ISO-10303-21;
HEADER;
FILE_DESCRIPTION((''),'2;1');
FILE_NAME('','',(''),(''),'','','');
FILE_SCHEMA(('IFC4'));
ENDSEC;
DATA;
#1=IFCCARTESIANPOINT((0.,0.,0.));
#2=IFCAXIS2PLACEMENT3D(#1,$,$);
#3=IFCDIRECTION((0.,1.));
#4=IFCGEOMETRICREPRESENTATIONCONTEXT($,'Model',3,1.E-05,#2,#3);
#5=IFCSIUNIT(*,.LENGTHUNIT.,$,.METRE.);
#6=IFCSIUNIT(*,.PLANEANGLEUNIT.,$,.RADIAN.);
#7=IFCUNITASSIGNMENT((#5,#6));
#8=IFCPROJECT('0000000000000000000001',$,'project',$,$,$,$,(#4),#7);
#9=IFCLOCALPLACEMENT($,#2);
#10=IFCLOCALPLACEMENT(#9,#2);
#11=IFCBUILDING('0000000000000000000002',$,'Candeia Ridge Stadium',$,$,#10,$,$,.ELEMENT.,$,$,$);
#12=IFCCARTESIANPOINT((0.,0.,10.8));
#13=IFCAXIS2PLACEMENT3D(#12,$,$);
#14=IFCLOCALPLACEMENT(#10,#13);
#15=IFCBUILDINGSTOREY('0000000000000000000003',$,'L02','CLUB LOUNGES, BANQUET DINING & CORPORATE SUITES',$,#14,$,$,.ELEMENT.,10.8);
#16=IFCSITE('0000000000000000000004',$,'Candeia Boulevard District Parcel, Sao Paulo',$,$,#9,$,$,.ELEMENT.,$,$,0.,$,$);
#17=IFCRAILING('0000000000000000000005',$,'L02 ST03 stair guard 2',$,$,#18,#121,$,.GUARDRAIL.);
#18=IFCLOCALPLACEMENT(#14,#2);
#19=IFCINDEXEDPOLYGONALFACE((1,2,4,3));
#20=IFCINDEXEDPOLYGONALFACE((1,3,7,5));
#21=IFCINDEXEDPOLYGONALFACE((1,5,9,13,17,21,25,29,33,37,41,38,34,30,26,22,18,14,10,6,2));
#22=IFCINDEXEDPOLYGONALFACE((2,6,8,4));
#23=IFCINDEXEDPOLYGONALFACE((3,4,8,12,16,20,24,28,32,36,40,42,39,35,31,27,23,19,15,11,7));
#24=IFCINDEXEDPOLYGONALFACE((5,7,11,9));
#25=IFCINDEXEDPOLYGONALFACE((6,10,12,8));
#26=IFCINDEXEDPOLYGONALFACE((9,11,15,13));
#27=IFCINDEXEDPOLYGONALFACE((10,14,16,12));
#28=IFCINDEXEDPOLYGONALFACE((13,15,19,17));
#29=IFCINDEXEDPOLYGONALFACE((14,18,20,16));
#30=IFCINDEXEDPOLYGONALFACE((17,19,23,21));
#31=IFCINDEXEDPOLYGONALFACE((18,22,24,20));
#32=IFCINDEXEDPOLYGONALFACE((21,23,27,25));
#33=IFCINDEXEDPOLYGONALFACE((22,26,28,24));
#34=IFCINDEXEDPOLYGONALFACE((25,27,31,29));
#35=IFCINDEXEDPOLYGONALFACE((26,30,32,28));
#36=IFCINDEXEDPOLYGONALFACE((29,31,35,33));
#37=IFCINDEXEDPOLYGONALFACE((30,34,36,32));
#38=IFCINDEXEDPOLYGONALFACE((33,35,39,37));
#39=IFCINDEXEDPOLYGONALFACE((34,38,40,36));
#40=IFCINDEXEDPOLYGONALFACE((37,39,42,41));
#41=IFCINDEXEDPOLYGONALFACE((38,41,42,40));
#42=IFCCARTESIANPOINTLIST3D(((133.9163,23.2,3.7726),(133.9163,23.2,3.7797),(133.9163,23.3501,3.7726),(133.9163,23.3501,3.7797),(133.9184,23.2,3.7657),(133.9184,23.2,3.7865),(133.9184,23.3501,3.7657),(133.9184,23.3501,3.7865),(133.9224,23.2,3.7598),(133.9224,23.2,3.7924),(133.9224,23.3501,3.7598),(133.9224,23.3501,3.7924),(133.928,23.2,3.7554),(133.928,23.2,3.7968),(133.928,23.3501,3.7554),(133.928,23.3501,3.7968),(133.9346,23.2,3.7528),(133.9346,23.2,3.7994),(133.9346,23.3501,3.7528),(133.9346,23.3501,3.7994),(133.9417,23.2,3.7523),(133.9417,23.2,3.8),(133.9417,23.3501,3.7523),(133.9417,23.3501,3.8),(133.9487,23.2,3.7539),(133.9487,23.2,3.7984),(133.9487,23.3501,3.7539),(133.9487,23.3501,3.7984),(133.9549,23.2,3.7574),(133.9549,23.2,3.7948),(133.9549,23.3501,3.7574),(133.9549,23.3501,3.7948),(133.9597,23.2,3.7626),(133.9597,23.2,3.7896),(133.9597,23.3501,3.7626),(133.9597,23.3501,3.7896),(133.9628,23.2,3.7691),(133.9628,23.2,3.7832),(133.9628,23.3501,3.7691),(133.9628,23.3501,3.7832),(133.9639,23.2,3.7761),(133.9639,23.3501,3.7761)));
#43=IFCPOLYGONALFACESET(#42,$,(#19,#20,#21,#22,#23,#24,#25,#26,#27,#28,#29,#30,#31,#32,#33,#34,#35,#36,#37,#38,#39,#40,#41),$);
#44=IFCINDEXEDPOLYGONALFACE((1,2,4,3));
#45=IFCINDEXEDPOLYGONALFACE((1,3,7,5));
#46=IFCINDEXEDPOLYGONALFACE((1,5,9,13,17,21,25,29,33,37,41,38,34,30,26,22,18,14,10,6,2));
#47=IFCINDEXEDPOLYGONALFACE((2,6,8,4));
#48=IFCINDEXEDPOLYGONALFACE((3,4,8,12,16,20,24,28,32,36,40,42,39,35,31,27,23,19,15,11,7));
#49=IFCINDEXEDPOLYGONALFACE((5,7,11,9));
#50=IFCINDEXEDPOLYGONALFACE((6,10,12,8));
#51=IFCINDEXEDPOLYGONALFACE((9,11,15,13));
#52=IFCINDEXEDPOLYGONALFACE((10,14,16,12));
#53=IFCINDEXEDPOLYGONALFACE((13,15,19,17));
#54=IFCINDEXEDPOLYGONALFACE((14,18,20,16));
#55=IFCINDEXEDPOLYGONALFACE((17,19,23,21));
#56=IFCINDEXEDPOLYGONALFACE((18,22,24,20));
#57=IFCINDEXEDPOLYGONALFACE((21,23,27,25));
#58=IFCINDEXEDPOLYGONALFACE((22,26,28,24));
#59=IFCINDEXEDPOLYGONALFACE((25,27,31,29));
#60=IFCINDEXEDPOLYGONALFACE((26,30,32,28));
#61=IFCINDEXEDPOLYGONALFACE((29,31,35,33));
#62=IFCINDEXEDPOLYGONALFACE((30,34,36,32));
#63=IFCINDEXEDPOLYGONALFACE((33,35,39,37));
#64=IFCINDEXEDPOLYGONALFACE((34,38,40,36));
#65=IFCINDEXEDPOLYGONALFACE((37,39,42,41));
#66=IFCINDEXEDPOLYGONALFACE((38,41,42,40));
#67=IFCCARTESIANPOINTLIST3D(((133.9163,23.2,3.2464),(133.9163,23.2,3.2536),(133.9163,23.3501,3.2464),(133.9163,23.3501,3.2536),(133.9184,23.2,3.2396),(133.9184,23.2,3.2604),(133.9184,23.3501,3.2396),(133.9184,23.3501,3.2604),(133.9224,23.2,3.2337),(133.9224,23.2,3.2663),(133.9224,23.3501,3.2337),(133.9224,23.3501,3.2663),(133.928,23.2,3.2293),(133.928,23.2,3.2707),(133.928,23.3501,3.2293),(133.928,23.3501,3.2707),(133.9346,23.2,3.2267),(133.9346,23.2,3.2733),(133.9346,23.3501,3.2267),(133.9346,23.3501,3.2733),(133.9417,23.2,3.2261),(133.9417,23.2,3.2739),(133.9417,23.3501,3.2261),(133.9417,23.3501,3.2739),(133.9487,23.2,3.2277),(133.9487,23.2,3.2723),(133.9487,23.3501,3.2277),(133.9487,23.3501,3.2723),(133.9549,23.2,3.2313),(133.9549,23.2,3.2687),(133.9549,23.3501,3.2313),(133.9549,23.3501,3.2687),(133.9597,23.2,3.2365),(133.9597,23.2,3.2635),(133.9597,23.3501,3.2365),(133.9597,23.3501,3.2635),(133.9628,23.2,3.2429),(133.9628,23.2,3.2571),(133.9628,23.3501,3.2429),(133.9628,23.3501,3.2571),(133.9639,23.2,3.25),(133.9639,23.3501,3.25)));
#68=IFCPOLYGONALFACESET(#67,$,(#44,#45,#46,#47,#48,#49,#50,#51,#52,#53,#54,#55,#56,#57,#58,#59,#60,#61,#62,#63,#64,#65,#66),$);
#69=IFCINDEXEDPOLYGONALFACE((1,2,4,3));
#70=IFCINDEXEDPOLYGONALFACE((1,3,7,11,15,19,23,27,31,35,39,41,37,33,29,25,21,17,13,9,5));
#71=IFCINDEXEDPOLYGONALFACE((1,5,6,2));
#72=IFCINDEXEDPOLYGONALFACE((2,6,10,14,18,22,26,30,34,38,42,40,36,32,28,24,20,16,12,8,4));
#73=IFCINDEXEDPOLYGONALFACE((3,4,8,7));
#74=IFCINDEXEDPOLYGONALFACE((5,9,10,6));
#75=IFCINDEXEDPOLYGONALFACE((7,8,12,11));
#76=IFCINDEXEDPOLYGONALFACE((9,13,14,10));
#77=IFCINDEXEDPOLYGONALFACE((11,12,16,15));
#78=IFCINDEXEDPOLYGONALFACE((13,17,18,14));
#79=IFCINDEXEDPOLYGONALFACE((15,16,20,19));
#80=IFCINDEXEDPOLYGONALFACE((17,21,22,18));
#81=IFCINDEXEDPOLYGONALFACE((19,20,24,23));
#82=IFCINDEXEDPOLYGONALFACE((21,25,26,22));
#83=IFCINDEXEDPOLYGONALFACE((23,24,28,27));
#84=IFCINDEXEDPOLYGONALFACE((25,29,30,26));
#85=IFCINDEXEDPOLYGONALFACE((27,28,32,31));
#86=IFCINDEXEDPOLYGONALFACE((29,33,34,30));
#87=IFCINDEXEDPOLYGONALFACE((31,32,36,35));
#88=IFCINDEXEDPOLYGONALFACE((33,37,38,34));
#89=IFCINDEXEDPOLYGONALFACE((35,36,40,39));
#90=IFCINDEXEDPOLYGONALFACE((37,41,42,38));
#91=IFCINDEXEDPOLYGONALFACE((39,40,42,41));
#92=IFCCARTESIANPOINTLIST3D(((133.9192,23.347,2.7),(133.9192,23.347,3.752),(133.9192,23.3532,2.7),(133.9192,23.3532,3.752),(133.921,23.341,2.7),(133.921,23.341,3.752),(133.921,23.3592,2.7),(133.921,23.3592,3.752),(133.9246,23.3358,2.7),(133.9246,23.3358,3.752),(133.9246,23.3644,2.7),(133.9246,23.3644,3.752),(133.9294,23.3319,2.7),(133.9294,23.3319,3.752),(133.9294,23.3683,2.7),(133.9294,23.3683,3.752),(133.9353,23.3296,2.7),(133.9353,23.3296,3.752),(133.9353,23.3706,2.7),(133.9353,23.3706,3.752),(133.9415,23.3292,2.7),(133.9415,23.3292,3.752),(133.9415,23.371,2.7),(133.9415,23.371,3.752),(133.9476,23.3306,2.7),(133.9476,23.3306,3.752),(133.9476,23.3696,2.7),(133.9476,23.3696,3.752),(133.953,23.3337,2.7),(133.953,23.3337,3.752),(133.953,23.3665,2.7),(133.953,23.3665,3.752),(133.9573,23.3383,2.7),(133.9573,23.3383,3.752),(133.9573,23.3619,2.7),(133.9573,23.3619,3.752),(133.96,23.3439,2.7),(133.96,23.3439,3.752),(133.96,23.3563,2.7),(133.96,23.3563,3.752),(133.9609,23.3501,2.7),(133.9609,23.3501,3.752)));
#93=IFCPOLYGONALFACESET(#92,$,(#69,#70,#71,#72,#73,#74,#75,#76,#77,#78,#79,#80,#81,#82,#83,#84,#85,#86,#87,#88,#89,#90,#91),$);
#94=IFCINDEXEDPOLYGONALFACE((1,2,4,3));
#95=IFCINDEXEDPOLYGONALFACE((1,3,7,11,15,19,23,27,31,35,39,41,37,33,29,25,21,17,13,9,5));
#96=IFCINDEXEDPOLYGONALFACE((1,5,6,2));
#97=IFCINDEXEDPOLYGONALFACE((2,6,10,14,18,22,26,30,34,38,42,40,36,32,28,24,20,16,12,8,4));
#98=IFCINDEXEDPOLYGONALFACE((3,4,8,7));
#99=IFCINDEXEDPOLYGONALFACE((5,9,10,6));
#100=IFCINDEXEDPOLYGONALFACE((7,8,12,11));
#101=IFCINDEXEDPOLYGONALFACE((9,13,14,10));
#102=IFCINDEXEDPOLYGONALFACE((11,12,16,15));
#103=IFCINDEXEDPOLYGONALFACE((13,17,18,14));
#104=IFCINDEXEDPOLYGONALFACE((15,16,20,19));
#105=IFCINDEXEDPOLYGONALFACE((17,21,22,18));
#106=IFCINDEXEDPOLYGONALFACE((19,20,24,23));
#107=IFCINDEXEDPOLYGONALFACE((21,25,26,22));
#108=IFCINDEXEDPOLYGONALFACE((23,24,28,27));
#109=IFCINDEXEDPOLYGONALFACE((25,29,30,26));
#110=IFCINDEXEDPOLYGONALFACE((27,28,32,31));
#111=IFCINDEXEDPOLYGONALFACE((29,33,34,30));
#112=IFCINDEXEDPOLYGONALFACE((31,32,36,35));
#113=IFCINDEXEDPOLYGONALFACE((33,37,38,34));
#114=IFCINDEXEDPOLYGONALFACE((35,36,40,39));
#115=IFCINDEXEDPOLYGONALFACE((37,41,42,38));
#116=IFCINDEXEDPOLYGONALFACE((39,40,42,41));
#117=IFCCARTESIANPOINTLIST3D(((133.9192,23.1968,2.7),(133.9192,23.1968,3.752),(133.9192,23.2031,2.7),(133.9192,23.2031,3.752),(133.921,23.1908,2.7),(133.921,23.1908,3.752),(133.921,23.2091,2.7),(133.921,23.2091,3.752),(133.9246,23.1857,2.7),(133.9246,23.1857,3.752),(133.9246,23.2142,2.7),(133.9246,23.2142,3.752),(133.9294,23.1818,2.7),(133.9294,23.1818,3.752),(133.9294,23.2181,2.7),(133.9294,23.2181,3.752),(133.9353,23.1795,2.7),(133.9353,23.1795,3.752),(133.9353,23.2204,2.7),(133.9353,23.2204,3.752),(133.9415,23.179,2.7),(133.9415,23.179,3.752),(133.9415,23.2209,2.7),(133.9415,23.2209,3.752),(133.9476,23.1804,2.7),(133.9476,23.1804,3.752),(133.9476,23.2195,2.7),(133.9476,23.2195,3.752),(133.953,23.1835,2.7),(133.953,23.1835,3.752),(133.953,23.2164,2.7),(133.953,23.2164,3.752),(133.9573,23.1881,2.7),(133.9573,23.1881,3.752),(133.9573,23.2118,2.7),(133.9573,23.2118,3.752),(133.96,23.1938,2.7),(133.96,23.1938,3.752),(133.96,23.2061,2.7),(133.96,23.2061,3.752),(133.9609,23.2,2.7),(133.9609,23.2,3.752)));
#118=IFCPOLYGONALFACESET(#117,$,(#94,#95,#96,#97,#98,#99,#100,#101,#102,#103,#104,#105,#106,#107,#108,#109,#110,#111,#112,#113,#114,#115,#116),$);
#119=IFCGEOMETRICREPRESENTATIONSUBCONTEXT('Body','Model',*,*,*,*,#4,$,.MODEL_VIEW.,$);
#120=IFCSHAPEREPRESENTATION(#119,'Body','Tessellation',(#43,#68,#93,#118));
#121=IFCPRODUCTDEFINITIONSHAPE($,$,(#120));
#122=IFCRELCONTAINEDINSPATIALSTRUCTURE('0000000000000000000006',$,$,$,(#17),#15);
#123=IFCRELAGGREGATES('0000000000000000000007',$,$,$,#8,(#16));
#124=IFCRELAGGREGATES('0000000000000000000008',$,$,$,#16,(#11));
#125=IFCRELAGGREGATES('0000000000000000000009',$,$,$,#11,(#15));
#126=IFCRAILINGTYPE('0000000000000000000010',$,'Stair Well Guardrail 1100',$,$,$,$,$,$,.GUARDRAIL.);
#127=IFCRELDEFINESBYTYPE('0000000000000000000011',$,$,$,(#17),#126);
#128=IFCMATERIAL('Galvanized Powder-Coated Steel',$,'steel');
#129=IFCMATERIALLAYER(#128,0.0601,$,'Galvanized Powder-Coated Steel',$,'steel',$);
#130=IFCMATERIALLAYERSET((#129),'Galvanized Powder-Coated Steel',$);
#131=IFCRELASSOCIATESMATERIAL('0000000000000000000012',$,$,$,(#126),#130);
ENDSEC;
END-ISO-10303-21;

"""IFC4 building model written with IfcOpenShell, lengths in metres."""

from ifc_helpers import new_model, si_unit, direction, frame, origin, origin_2d, place, context, subcontext, project, spatial, circle, extrude, material, layer, layer_set, type_object, element, save


model = new_model("IFC4")

# Units and contexts
model_context = context("Model", 3, precision=1e-05, world=origin(), true_north=direction((0.0, 1.0)))
body_context = subcontext(model_context, "Body", "Model", "MODEL_VIEW")
ifc_project = project(units=[si_unit("LENGTHUNIT", "METRE"), si_unit("PLANEANGLEUNIT", "RADIAN")], contexts=[model_context])

# Site, building, storey
site_placement = place(None, origin())
site = spatial("IfcSite", under=ifc_project, at=site_placement, Name="Candeia Boulevard District Parcel, Sao Paulo", CompositionType="ELEMENT", RefElevation=0.0)
building_placement = place(site_placement, origin())
building = spatial("IfcBuilding", under=site, at=building_placement, Name="Candeia Ridge Stadium", CompositionType="ELEMENT")
storey_placement = place(building_placement, frame((0.0, 0.0, 10.8)))
storey = spatial("IfcBuildingStorey", under=building, at=storey_placement, Name="L02", Description="CLUB LOUNGES, BANQUET DINING & CORPORATE SUITES", CompositionType="ELEMENT", Elevation=10.8)

# Railing
ifc_material_1 = material(Name="Galvanized Powder-Coated Steel", Category="steel")
ifc_layer_1 = layer(ifc_material_1, 0.0601, Name="Galvanized Powder-Coated Steel", Category="steel")
ifc_layer_set_1 = layer_set([ifc_layer_1], Name="Galvanized Powder-Coated Steel")
railing_type_1 = type_object("IfcRailingType", Name="Stair Well Guardrail 1100", PredefinedType="GUARDRAIL", material=ifc_layer_set_1)
railing_1_placement = place(storey_placement, frame((133.9399, 23.3501, 2.7)))
element("IfcRailing", 1, at=railing_1_placement, inside=storey, type_object=railing_type_1, Name="L02 ST03 stair guard 2", PredefinedType="GUARDRAIL", context=body_context, shape_type="SweptSolid", body=[
    extrude(circle(Radius=0.0239, at=origin_2d()), frame((0.0, 0.0, 1.0762), z_axis=(0.0, -1.0, 0.0), x_axis=(1.0, 0.0, 0.0)), (0.0, 0.0, 1.0), 0.1501),
    extrude(circle(Radius=0.0239, at=origin_2d()), frame((0.0, 0.0, 0.55), z_axis=(0.0, -1.0, 0.0), x_axis=(1.0, 0.0, 0.0)), (0.0, 0.0, 1.0), 0.1501),
    extrude(circle(Radius=0.021, at=origin_2d()), origin(), (0.0, 0.0, 1.0), 1.052),
    extrude(circle(Radius=0.021, at=origin_2d()), frame((0.0, -0.1501, 0.0)), (0.0, 0.0, 1.0), 1.052),
])

save(model, "model.ifc")
